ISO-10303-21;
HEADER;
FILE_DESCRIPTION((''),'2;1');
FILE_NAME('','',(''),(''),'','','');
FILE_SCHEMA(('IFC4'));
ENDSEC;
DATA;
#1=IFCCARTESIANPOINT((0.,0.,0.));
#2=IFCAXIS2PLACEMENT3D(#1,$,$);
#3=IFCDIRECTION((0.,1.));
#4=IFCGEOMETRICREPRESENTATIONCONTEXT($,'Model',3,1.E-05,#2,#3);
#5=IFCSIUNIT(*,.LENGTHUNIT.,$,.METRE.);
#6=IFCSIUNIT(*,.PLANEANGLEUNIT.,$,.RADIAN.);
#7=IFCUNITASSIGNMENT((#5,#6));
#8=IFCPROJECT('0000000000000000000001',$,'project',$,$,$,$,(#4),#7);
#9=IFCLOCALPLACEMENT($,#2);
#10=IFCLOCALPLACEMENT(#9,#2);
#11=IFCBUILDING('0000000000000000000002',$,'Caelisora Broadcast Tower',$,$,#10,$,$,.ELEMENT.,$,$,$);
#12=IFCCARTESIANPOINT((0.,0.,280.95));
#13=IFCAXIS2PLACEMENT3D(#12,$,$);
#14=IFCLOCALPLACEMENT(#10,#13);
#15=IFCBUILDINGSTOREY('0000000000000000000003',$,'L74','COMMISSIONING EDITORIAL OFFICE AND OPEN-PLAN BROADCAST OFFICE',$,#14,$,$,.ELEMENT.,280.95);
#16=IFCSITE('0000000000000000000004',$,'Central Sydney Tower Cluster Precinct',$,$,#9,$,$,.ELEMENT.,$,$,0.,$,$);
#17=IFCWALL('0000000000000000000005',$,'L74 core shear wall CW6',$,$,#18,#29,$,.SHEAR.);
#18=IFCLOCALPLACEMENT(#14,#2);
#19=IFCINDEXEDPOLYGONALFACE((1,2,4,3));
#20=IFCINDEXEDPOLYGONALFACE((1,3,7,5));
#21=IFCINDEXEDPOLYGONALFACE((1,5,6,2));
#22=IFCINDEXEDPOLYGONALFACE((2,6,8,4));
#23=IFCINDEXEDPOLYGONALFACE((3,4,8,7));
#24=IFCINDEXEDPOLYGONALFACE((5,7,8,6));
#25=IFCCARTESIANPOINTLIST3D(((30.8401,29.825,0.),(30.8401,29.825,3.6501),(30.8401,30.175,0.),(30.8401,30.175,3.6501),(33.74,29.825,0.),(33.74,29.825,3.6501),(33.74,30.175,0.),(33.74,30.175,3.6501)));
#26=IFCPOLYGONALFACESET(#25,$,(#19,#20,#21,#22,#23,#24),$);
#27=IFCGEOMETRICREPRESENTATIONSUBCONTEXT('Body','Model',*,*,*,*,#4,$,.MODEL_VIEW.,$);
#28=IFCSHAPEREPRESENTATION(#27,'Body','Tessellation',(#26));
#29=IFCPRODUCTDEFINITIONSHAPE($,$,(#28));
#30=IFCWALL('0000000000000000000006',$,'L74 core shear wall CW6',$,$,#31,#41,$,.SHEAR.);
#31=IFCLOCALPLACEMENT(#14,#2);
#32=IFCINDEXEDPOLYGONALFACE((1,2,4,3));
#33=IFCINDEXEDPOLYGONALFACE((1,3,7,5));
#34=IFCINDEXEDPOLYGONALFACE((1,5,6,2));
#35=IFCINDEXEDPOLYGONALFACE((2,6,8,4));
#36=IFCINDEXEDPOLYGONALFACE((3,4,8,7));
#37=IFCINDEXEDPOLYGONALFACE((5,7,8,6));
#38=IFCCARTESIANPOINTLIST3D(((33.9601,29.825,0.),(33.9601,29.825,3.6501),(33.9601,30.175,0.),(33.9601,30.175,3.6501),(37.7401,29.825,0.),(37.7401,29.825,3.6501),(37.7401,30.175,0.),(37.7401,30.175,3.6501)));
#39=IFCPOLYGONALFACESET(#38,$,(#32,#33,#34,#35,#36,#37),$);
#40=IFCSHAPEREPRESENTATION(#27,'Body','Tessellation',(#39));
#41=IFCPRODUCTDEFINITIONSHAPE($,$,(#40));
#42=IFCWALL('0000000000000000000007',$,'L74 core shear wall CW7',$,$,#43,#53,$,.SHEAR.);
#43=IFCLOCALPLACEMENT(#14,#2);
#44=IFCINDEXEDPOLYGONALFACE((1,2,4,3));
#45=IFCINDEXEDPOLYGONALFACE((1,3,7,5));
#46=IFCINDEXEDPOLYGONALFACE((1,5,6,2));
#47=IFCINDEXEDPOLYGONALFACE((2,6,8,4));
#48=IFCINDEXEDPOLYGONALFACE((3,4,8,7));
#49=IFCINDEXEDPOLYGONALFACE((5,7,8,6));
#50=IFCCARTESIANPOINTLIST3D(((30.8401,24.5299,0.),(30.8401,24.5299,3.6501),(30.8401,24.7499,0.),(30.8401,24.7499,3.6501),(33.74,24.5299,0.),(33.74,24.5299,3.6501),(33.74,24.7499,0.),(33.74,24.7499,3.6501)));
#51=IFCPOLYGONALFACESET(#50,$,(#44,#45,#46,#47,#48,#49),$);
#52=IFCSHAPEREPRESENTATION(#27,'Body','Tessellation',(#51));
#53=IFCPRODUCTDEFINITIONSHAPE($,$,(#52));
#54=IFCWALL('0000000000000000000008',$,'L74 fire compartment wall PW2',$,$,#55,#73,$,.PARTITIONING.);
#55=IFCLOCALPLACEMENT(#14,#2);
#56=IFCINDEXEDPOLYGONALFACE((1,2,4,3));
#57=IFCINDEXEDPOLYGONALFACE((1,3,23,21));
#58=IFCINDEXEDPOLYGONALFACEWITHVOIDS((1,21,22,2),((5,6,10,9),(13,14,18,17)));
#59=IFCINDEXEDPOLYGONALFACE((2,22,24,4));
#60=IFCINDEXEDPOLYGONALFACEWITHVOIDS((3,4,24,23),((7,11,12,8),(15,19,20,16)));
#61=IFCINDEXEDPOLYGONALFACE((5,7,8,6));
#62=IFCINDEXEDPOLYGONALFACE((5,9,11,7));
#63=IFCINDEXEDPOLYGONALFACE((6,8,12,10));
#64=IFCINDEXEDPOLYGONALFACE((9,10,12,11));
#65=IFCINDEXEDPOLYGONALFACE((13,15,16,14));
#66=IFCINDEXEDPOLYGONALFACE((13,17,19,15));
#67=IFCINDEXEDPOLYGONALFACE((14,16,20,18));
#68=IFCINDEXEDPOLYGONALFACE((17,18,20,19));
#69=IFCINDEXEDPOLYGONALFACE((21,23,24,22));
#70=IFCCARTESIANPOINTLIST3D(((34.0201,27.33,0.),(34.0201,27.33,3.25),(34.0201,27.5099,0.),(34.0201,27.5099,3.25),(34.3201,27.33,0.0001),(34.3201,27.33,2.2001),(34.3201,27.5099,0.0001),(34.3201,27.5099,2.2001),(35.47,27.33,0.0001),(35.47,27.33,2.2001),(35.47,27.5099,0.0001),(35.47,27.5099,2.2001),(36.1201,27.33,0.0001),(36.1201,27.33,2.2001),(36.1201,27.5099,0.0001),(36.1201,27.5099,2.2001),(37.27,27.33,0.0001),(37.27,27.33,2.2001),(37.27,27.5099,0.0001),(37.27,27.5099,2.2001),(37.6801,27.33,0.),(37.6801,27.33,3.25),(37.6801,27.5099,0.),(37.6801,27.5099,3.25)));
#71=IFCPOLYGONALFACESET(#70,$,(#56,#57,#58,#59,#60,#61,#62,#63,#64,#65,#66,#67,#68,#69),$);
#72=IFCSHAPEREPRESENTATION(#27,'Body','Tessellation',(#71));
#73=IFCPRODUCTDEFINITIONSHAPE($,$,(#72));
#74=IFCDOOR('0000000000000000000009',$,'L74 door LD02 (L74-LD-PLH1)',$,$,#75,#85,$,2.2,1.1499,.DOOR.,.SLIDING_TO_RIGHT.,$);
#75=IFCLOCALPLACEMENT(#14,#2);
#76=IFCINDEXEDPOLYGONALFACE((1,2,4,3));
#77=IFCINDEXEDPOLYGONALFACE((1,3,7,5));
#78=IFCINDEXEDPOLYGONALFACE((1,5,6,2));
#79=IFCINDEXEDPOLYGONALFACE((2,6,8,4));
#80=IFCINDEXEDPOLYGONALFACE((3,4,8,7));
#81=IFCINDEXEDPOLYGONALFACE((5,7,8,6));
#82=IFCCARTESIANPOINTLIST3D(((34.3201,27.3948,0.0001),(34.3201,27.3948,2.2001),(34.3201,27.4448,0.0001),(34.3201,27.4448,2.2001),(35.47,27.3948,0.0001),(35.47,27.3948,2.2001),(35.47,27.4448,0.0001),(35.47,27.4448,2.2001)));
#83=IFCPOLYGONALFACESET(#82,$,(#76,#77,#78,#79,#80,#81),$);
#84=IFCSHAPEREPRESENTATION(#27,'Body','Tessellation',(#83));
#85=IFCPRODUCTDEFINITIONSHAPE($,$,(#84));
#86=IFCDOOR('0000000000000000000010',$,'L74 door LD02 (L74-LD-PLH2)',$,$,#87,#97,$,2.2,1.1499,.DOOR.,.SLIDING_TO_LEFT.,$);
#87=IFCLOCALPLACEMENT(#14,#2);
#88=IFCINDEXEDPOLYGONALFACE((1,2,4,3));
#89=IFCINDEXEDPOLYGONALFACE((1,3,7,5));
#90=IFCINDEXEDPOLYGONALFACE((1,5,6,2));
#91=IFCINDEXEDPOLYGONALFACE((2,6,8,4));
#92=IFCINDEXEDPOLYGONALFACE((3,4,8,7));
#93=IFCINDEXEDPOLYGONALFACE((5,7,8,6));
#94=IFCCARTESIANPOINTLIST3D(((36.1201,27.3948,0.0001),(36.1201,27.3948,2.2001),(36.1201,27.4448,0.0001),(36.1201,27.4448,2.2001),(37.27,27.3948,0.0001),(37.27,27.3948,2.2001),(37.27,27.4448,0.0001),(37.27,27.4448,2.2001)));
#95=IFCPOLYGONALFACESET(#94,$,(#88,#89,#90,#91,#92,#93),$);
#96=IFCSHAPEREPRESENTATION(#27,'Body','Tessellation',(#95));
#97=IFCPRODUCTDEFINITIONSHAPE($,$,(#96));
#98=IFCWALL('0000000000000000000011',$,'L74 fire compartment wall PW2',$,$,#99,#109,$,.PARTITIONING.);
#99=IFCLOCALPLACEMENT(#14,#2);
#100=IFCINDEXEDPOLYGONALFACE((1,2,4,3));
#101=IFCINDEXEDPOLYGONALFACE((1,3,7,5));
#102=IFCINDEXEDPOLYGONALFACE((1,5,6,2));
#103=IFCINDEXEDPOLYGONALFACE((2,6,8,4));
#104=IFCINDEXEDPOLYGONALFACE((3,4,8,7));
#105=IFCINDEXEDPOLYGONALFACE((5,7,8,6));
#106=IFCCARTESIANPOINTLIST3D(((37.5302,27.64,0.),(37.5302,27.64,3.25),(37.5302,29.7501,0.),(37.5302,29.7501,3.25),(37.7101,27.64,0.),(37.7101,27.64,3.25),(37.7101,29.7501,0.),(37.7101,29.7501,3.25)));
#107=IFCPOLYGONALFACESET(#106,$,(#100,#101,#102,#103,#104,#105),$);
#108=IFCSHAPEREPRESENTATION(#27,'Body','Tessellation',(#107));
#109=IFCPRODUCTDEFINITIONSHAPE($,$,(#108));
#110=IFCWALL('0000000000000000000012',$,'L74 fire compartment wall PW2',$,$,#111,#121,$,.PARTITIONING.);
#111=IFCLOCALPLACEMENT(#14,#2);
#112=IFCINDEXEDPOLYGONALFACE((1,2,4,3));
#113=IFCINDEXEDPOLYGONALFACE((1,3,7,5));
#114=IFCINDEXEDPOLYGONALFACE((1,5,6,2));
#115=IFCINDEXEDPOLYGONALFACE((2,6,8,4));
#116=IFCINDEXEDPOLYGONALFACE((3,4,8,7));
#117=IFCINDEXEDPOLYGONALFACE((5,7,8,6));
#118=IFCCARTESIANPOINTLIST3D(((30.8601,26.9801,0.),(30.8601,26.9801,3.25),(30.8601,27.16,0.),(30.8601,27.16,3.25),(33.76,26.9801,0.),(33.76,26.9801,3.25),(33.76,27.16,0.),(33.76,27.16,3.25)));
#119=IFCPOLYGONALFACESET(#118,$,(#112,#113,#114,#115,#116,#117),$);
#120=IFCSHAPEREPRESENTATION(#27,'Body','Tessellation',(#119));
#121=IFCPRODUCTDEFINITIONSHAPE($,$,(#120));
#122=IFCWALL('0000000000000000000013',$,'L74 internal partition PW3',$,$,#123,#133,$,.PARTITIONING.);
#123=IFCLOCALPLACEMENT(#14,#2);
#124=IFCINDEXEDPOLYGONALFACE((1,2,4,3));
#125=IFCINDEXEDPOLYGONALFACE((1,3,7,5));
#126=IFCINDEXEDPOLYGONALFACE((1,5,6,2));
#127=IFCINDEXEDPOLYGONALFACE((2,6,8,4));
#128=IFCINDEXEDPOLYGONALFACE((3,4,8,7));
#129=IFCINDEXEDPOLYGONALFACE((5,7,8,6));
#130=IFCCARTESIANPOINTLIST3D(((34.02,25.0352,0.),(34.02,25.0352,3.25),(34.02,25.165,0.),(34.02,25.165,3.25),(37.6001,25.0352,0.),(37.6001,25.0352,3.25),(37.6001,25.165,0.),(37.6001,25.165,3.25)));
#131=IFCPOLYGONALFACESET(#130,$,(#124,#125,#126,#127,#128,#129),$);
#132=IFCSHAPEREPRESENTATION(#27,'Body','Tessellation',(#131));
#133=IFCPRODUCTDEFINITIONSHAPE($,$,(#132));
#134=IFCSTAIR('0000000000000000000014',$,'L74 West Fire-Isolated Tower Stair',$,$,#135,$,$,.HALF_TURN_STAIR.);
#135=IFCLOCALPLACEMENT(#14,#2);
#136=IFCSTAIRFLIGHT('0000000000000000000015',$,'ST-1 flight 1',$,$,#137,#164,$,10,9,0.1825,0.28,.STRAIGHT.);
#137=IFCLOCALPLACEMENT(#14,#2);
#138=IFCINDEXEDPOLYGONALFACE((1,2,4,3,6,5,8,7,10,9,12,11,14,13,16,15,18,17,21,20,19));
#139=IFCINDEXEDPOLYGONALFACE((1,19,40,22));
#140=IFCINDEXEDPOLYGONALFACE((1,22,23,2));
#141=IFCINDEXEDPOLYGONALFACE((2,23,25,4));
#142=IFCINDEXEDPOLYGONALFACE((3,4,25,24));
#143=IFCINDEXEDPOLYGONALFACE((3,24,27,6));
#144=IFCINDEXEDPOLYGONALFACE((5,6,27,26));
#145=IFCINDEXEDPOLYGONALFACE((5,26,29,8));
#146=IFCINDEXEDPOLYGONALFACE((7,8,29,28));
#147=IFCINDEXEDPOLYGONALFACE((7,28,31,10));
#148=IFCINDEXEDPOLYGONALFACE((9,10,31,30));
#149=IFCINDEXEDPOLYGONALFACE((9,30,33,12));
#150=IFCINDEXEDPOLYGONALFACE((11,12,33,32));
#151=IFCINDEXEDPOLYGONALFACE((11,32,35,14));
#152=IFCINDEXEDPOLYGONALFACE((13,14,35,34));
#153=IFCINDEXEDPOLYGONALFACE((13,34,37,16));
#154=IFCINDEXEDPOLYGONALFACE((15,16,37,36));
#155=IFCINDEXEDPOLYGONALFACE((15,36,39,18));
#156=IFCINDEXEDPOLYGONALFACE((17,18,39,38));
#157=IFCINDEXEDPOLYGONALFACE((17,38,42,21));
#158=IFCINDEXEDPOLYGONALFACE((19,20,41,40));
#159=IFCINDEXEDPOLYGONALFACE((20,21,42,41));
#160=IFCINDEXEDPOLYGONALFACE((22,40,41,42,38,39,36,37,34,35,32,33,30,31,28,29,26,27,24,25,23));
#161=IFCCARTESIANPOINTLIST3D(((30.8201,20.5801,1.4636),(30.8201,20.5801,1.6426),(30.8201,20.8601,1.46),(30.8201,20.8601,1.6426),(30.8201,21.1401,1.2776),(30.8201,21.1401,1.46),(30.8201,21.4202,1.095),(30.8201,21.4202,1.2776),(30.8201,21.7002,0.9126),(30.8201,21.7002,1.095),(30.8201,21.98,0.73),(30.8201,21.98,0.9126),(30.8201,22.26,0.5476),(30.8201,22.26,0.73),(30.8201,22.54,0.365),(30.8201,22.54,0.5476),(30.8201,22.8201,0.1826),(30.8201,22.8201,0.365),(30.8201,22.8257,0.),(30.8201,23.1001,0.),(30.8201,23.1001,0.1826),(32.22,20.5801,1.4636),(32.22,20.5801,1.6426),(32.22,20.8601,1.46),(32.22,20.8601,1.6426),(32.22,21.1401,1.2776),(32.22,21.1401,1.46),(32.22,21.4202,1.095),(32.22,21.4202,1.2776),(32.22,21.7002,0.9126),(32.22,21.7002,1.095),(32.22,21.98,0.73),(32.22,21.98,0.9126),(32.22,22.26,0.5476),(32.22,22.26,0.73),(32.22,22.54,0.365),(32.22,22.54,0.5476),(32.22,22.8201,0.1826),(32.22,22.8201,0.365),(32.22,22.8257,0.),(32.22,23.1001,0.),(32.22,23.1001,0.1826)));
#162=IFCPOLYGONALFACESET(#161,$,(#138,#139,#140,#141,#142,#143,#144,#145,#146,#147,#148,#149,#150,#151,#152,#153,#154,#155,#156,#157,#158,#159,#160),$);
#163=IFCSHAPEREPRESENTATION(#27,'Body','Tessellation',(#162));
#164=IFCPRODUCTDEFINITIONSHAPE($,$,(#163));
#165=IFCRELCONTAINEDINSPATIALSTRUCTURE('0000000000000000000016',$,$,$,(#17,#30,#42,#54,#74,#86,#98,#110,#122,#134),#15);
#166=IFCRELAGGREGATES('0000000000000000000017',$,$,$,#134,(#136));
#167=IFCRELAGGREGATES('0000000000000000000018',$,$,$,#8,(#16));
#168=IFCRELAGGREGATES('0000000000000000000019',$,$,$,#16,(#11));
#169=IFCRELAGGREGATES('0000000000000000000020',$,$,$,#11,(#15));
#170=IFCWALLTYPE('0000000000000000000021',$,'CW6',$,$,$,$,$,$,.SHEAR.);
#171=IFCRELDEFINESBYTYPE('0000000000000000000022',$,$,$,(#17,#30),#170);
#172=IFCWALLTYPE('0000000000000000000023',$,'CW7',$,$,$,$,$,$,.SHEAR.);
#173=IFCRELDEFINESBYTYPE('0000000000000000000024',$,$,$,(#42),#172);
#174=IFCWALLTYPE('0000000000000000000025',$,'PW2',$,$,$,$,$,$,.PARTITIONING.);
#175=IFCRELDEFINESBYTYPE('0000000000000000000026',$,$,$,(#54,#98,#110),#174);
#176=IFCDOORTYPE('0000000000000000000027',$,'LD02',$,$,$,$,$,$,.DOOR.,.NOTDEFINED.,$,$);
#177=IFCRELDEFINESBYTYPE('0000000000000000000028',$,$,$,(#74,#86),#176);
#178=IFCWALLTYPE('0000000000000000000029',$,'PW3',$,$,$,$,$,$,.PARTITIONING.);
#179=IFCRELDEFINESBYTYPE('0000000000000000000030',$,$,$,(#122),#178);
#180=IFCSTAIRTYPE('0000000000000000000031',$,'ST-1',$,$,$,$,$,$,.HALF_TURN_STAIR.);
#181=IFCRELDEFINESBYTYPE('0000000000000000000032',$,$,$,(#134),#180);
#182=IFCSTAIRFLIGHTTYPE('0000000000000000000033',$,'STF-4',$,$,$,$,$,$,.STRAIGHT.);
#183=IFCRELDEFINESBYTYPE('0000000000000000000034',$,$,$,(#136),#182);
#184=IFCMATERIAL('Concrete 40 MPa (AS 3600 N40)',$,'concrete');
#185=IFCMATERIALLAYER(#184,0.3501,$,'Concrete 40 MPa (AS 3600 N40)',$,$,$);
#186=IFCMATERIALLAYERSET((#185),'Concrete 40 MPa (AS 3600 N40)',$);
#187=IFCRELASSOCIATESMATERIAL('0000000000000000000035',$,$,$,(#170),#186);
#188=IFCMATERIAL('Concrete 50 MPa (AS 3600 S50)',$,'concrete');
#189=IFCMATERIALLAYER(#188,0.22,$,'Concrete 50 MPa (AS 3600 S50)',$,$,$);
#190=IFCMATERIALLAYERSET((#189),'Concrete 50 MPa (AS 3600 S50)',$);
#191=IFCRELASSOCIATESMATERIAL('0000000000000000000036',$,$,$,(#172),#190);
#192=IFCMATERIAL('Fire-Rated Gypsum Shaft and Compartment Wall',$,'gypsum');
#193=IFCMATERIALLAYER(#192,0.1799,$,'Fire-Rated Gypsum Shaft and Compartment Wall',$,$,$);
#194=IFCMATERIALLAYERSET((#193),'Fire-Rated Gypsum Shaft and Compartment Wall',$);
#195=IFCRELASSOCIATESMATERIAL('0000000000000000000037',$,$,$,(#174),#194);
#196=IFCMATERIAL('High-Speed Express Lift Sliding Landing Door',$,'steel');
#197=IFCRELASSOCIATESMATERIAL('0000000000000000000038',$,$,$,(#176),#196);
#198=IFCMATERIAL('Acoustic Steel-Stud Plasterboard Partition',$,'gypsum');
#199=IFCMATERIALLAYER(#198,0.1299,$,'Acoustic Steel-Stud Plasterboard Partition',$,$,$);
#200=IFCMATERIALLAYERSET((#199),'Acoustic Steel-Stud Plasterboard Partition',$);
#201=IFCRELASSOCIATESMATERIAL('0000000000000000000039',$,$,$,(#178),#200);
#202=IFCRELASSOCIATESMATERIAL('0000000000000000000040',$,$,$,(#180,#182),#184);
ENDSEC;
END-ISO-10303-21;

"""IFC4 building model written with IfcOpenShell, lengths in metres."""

from ifc_helpers import new_model, si_unit, direction, frame, frame_2d, origin, place, context, subcontext, project, spatial, polyline, rectangle, outline, extrude, material, layer, layer_set, type_object, element, fill, aggregate, save


model = new_model("IFC4")

# Units and contexts
model_context = context("Model", 3, precision=1e-05, world=origin(), true_north=direction((0.0, 1.0)))
body_context = subcontext(model_context, "Body", "Model", "MODEL_VIEW")
ifc_project = project(units=[si_unit("LENGTHUNIT", "METRE"), si_unit("PLANEANGLEUNIT", "RADIAN")], contexts=[model_context])

# Site, building, storey
site_placement = place(None, origin())
site = spatial("IfcSite", under=ifc_project, at=site_placement, Name="Central Sydney Tower Cluster Precinct", CompositionType="ELEMENT", RefElevation=0.0)
building_placement = place(site_placement, origin())
building = spatial("IfcBuilding", under=site, at=building_placement, Name="Caelisora Broadcast Tower", CompositionType="ELEMENT")
storey_placement = place(building_placement, frame((0.0, 0.0, 280.95)))
storey = spatial("IfcBuildingStorey", under=building, at=storey_placement, Name="L74", Description="COMMISSIONING EDITORIAL OFFICE AND OPEN-PLAN BROADCAST OFFICE", CompositionType="ELEMENT", Elevation=280.95)

# Shared definitions
ifc_material_1 = material(Name="Concrete 50 MPa (AS 3600 S50)", Category="concrete")

# Walls
ifc_material_2 = material(Name="Concrete 40 MPa (AS 3600 N40)", Category="concrete")
ifc_layer_1 = layer(ifc_material_2, 0.3501, Name="Concrete 40 MPa (AS 3600 N40)")
ifc_layer_set_1 = layer_set([ifc_layer_1], Name="Concrete 40 MPa (AS 3600 N40)")
wall_type_1 = type_object("IfcWallType", Name="CW6", PredefinedType="SHEAR", material=ifc_layer_set_1)
wall_1_placement = place(storey_placement, frame((30.8401, 30.0, 0.0), z_axis=(0.0, 0.0, 1.0), x_axis=(1.0, 0.0, 0.0)))
element("IfcWall", 1, at=wall_1_placement, inside=storey, type_object=wall_type_1, Name="L74 core shear wall CW6", PredefinedType="SHEAR", context=body_context, shape_type="SweptSolid", body=[
    extrude(rectangle(XDim=2.8999, YDim=0.3501, at=frame_2d((1.45, 0.0))), origin(), (0.0, 0.0, 1.0), 3.6501),
])
wall_2_placement = place(storey_placement, frame((33.96, 30.0, 0.0), z_axis=(0.0, 0.0, 1.0), x_axis=(1.0, 0.0, 0.0)))
element("IfcWall", 2, at=wall_2_placement, inside=storey, type_object=wall_type_1, Name="L74 core shear wall CW6", PredefinedType="SHEAR", context=body_context, shape_type="SweptSolid", body=[
    extrude(rectangle(XDim=3.78, YDim=0.3501, at=frame_2d((1.8901, 0.0))), origin(), (0.0, 0.0, 1.0), 3.6501),
])
ifc_layer_2 = layer(ifc_material_1, 0.22, Name="Concrete 50 MPa (AS 3600 S50)")
ifc_layer_set_2 = layer_set([ifc_layer_2], Name="Concrete 50 MPa (AS 3600 S50)")
wall_type_2 = type_object("IfcWallType", Name="CW7", PredefinedType="SHEAR", material=ifc_layer_set_2)
wall_3_placement = place(storey_placement, frame((30.8401, 24.6399, 0.0), z_axis=(0.0, 0.0, 1.0), x_axis=(1.0, 0.0, 0.0)))
element("IfcWall", 3, at=wall_3_placement, inside=storey, type_object=wall_type_2, Name="L74 core shear wall CW7", PredefinedType="SHEAR", context=body_context, shape_type="SweptSolid", body=[
    extrude(rectangle(XDim=2.8999, YDim=0.22, at=frame_2d((1.45, 0.0))), origin(), (0.0, 0.0, 1.0), 3.6501),
])

# Wall, openings, doors
ifc_material_3 = material(Name="Fire-Rated Gypsum Shaft and Compartment Wall", Category="gypsum")
ifc_layer_3 = layer(ifc_material_3, 0.1799, Name="Fire-Rated Gypsum Shaft and Compartment Wall")
ifc_layer_set_3 = layer_set([ifc_layer_3], Name="Fire-Rated Gypsum Shaft and Compartment Wall")
wall_type_3 = type_object("IfcWallType", Name="PW2", PredefinedType="PARTITIONING", material=ifc_layer_set_3)
wall_4_placement = place(storey_placement, frame((34.02, 27.4199, 0.0), z_axis=(0.0, 0.0, 1.0), x_axis=(1.0, 0.0, 0.0)))
wall_4 = element("IfcWall", 4, at=wall_4_placement, inside=storey, type_object=wall_type_3, Name="L74 fire compartment wall PW2", PredefinedType="PARTITIONING", context=body_context, shape_type="SweptSolid", body=[
    extrude(rectangle(XDim=3.6599, YDim=0.1799, at=frame_2d((1.8301, 0.0))), origin(), (0.0, 0.0, 1.0), 3.25),
])
opening_1_placement = place(wall_4_placement, frame((0.3, 0.0, 0.0)))
opening_1 = element("IfcOpeningElement", 5, at=opening_1_placement, cuts=wall_4, PredefinedType="OPENING", context=body_context, shape_type="SweptSolid", body=[
    extrude(rectangle(XDim=1.1499, YDim=2.2, at=frame_2d((0.575, 1.1001))), frame((0.0, 0.1021, 0.0), z_axis=(0.0, -1.0, 0.0), x_axis=(1.0, 0.0, 0.0)), (0.0, 0.0, 1.0), 0.2039),
])
opening_2_placement = place(wall_4_placement, frame((2.1001, 0.0, 0.0)))
opening_2 = element("IfcOpeningElement", 6, at=opening_2_placement, cuts=wall_4, PredefinedType="OPENING", context=body_context, shape_type="SweptSolid", body=[
    extrude(rectangle(XDim=1.1499, YDim=2.2, at=frame_2d((0.575, 1.1001))), frame((0.0, 0.1021, 0.0), z_axis=(0.0, -1.0, 0.0), x_axis=(1.0, 0.0, 0.0)), (0.0, 0.0, 1.0), 0.2039),
])
ifc_material_4 = material(Name="High-Speed Express Lift Sliding Landing Door", Category="steel")
door_type = type_object("IfcDoorType", Name="LD02", OperationType="NOTDEFINED", PredefinedType="DOOR", material=ifc_material_4)
door_1_placement = place(opening_1_placement, origin())
door_1 = element("IfcDoor", 7, at=door_1_placement, inside=storey, type_object=door_type, Name="L74 door LD02 (L74-LD-PLH1)", OperationType="SLIDING_TO_RIGHT", OverallHeight=2.2, OverallWidth=1.1499, PredefinedType="DOOR", context=body_context, shape_type="SweptSolid", body=[
    extrude(rectangle(XDim=1.1499, YDim=2.2, at=frame_2d((0.575, 1.1001))), frame((0.0, 0.0249, 0.0), z_axis=(0.0, -1.0, 0.0), x_axis=(1.0, 0.0, 0.0)), (0.0, 0.0, 1.0), 0.05),
])
fill(opening_1, door_1)
door_2_placement = place(opening_2_placement, origin())
door_2 = element("IfcDoor", 8, at=door_2_placement, inside=storey, type_object=door_type, Name="L74 door LD02 (L74-LD-PLH2)", OperationType="SLIDING_TO_LEFT", OverallHeight=2.2, OverallWidth=1.1499, PredefinedType="DOOR", context=body_context, shape_type="SweptSolid", body=[
    extrude(rectangle(XDim=1.1499, YDim=2.2, at=frame_2d((0.575, 1.1001))), frame((0.0, 0.0249, 0.0), z_axis=(0.0, -1.0, 0.0), x_axis=(1.0, 0.0, 0.0)), (0.0, 0.0, 1.0), 0.05),
])
fill(opening_2, door_2)

# Walls
wall_5_placement = place(storey_placement, frame((37.6201, 27.6399, 0.0), z_axis=(0.0, 0.0, 1.0), x_axis=(0.0, 1.0, 0.0)))
element("IfcWall", 9, at=wall_5_placement, inside=storey, type_object=wall_type_3, Name="L74 fire compartment wall PW2", PredefinedType="PARTITIONING", context=body_context, shape_type="SweptSolid", body=[
    extrude(rectangle(XDim=2.1101, YDim=0.1799, at=frame_2d((1.0552, 0.0))), origin(), (0.0, 0.0, 1.0), 3.25),
])
wall_6_placement = place(storey_placement, frame((30.8601, 27.0701, 0.0), z_axis=(0.0, 0.0, 1.0), x_axis=(1.0, 0.0, 0.0)))
element("IfcWall", 10, at=wall_6_placement, inside=storey, type_object=wall_type_3, Name="L74 fire compartment wall PW2", PredefinedType="PARTITIONING", context=body_context, shape_type="SweptSolid", body=[
    extrude(rectangle(XDim=2.8999, YDim=0.1799, at=frame_2d((1.45, 0.0))), origin(), (0.0, 0.0, 1.0), 3.25),
])
ifc_material_5 = material(Name="Acoustic Steel-Stud Plasterboard Partition", Category="gypsum")
ifc_layer_4 = layer(ifc_material_5, 0.1299, Name="Acoustic Steel-Stud Plasterboard Partition")
ifc_layer_set_4 = layer_set([ifc_layer_4], Name="Acoustic Steel-Stud Plasterboard Partition")
wall_type_4 = type_object("IfcWallType", Name="PW3", PredefinedType="PARTITIONING", material=ifc_layer_set_4)
wall_7_placement = place(storey_placement, frame((34.02, 25.1001, 0.0), z_axis=(0.0, 0.0, 1.0), x_axis=(1.0, 0.0, 0.0)))
element("IfcWall", 11, at=wall_7_placement, inside=storey, type_object=wall_type_4, Name="L74 internal partition PW3", PredefinedType="PARTITIONING", context=body_context, shape_type="SweptSolid", body=[
    extrude(rectangle(XDim=3.5801, YDim=0.1299, at=frame_2d((1.79, 0.0))), origin(), (0.0, 0.0, 1.0), 3.25),
])

# Stair, stair flight
stair_type = type_object("IfcStairType", Name="ST-1", PredefinedType="HALF_TURN_STAIR", material=ifc_material_2)
stair_placement = place(storey_placement, origin())
stair = element("IfcStair", 12, at=stair_placement, inside=storey, type_object=stair_type, Name="L74 West Fire-Isolated Tower Stair", PredefinedType="HALF_TURN_STAIR")
stair_flight_type = type_object("IfcStairFlightType", Name="STF-4", PredefinedType="STRAIGHT", material=ifc_material_2)
stair_flight_placement = place(storey_placement, frame((31.52, 23.1001, 0.0), z_axis=(0.0, 0.0, 1.0), x_axis=(0.0, -1.0, 0.0)))
stair_flight = element("IfcStairFlight", 13, at=stair_flight_placement, type_object=stair_flight_type, Name="ST-1 flight 1", NumberOfRisers=10, NumberOfTreads=9, PredefinedType="STRAIGHT", RiserHeight=0.1825, TreadLength=0.28, context=body_context, shape_type="SweptSolid", body=[
    extrude(outline(polyline([(0.0, 0.0), (0.0, 0.1826), (0.28, 0.1826), (0.28, 0.365), (0.5601, 0.365), (0.5601, 0.5476), (0.8401, 0.5476), (0.8401, 0.73), (1.1201, 0.73), (1.1201, 0.9126), (1.3999, 0.9126), (1.3999, 1.095), (1.6799, 1.095), (1.6799, 1.2776), (1.96, 1.2776), (1.96, 1.46), (2.24, 1.46), (2.24, 1.6426), (2.52, 1.6426), (2.52, 1.825), (2.52, 1.4636), (0.2744, 0.0), (0.0, 0.0)])), frame((0.0, 0.7, 0.0), z_axis=(0.0, -1.0, 0.0), x_axis=(1.0, 0.0, 0.0)), (0.0, 0.0, 1.0), 1.3999),
])
aggregate(stair, [stair_flight])

save(model, "model.ifc")
